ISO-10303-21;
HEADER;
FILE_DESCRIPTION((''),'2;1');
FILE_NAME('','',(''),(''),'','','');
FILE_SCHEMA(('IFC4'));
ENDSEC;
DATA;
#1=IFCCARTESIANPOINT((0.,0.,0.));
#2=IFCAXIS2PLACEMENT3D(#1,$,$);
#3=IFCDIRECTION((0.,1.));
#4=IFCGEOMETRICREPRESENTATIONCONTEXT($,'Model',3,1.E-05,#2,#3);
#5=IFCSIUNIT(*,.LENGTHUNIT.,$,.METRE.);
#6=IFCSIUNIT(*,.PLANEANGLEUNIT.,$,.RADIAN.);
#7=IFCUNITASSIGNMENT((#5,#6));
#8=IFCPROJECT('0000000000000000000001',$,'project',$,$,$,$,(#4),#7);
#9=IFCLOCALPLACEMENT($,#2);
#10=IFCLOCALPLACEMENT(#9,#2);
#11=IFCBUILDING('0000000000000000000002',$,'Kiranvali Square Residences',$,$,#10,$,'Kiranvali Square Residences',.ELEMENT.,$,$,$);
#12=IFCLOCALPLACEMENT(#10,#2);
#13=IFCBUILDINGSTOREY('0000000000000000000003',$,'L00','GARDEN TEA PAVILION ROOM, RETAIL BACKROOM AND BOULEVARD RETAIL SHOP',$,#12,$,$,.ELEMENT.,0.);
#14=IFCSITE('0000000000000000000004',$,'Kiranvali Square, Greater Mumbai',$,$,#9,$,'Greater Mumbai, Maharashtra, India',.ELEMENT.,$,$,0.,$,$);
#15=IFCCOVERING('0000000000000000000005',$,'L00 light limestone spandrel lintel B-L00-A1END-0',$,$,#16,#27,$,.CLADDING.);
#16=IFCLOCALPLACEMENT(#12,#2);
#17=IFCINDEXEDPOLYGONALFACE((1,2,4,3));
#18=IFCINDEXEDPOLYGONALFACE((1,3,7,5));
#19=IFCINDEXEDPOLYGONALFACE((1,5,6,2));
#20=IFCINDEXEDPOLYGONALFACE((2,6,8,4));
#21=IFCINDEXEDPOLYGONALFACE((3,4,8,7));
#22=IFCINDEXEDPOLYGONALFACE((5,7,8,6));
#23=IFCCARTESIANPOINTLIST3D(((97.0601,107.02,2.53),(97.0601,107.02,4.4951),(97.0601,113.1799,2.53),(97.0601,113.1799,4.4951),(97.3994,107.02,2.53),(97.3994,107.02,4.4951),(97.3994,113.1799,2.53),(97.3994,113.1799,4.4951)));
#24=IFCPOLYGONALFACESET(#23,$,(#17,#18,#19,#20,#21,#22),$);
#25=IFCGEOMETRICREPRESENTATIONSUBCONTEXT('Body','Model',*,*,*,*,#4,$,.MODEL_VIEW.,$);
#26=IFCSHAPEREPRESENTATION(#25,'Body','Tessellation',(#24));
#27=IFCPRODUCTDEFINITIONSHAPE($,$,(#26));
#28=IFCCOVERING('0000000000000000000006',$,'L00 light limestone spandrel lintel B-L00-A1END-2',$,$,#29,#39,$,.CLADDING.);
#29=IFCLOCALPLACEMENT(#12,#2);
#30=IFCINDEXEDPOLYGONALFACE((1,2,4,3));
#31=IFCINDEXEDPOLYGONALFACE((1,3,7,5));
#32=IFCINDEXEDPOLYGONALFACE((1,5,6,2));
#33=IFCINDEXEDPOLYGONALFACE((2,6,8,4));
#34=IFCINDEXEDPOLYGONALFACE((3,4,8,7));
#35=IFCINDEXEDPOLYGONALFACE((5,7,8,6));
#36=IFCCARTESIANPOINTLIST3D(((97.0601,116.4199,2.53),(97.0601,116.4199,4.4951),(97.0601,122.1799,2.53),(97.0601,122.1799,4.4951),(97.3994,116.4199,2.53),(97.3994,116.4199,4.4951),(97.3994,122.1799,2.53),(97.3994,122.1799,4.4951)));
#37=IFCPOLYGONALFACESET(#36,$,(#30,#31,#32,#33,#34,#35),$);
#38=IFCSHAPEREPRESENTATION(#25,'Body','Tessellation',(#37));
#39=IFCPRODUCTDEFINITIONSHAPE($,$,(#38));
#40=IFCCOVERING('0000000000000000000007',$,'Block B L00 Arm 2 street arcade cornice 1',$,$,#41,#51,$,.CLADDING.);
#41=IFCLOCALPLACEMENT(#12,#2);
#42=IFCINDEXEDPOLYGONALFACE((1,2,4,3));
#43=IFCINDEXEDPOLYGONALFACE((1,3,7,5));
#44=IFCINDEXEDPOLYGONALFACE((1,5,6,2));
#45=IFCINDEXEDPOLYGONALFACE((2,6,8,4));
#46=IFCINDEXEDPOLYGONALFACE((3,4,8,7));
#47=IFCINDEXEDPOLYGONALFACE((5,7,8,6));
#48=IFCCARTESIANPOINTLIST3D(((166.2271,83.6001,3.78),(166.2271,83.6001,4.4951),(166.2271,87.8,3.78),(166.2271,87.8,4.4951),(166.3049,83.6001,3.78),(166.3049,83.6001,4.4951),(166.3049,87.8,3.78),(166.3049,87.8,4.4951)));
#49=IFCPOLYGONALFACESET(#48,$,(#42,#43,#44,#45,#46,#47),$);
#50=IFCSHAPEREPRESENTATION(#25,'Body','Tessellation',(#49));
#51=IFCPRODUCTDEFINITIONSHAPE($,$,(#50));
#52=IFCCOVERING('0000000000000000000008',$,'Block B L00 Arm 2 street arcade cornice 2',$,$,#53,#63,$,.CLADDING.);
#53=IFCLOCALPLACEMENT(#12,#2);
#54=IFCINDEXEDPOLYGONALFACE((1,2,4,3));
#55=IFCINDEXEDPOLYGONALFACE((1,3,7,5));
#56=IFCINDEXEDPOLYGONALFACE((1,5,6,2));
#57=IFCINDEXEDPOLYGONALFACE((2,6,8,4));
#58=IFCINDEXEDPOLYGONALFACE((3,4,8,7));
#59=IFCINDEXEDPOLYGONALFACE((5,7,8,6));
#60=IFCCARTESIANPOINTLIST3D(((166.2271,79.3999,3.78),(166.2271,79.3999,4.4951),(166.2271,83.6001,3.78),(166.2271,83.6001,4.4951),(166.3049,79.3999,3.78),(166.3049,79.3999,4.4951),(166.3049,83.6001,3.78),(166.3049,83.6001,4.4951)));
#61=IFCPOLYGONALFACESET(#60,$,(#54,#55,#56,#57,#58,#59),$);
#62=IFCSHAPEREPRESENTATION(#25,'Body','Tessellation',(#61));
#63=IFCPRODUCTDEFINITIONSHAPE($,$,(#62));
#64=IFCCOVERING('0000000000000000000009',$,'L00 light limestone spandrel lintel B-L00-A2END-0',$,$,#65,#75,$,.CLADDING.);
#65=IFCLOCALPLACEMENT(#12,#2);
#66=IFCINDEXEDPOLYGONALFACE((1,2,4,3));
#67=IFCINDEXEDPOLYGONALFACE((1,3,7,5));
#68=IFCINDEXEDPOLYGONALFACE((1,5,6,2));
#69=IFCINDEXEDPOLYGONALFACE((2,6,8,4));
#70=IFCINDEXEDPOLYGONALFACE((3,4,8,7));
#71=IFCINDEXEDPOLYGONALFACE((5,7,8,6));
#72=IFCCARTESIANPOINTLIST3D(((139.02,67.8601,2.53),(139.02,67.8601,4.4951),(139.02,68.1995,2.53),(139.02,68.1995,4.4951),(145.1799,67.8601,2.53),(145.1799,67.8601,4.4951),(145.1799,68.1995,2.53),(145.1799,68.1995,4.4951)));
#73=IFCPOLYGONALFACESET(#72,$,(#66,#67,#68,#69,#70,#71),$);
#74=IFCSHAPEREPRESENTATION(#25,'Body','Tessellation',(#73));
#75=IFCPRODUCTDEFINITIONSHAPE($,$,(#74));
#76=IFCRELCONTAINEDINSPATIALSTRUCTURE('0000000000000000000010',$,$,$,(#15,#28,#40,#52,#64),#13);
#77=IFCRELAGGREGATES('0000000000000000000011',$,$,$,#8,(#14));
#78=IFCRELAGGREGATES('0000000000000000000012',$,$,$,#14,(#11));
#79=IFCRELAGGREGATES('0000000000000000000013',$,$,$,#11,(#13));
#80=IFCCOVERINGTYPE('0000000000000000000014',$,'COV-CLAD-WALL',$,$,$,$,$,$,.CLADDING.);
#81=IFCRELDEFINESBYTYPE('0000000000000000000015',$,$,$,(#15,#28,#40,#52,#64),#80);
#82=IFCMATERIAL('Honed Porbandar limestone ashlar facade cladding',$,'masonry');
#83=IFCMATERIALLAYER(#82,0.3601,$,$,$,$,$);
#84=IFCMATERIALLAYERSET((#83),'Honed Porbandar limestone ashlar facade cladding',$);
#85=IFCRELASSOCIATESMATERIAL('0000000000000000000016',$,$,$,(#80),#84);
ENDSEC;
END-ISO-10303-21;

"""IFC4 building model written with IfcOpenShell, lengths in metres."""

from ifc_helpers import new_model, si_unit, direction, frame, origin, place, context, subcontext, project, spatial, polyline, outline, extrude, material, layer, layer_set, type_object, element, save


model = new_model("IFC4")

# Units and contexts
model_context = context("Model", 3, precision=1e-05, world=origin(), true_north=direction((0.0, 1.0)))
body_context = subcontext(model_context, "Body", "Model", "MODEL_VIEW")
ifc_project = project(units=[si_unit("LENGTHUNIT", "METRE"), si_unit("PLANEANGLEUNIT", "RADIAN")], contexts=[model_context])

# Site, building, storey
site_placement = place(None, origin())
site = spatial("IfcSite", under=ifc_project, at=site_placement, Name="Kiranvali Square, Greater Mumbai", LongName="Greater Mumbai, Maharashtra, India", CompositionType="ELEMENT", RefElevation=0.0)
building_placement = place(site_placement, origin())
building = spatial("IfcBuilding", under=site, at=building_placement, Name="Kiranvali Square Residences", LongName="Kiranvali Square Residences", CompositionType="ELEMENT")
storey_placement = place(building_placement, origin())
storey = spatial("IfcBuildingStorey", under=building, at=storey_placement, Name="L00", Description="GARDEN TEA PAVILION ROOM, RETAIL BACKROOM AND BOULEVARD RETAIL SHOP", CompositionType="ELEMENT", Elevation=0.0)

# Coverings
ifc_material = material(Name="Honed Porbandar limestone ashlar facade cladding", Category="masonry")
ifc_layer = layer(ifc_material, 0.3601)
ifc_layer_set = layer_set([ifc_layer], Name="Honed Porbandar limestone ashlar facade cladding")
covering_type = type_object("IfcCoveringType", Name="COV-CLAD-WALL", PredefinedType="CLADDING", material=ifc_layer_set)
covering_1_placement = place(storey_placement, frame((0.0, 0.0, 2.53)))
element("IfcCovering", 1, at=covering_1_placement, inside=storey, type_object=covering_type, Name="L00 light limestone spandrel lintel B-L00-A1END-0", PredefinedType="CLADDING", context=body_context, shape_type="SweptSolid", body=[
    extrude(outline(polyline([(97.3994, 107.02), (97.3994, 113.1799), (97.0601, 113.1799), (97.0601, 107.02), (97.3994, 107.02)])), origin(), (0.0, 0.0, 1.0), 1.9651),
])
covering_2_placement = place(storey_placement, frame((0.0, 0.0, 2.53)))
element("IfcCovering", 2, at=covering_2_placement, inside=storey, type_object=covering_type, Name="L00 light limestone spandrel lintel B-L00-A1END-2", PredefinedType="CLADDING", context=body_context, shape_type="SweptSolid", body=[
    extrude(outline(polyline([(97.3994, 116.4199), (97.3994, 122.1799), (97.0601, 122.1799), (97.0601, 116.4199), (97.3994, 116.4199)])), origin(), (0.0, 0.0, 1.0), 1.9651),
])
covering_3_placement = place(storey_placement, frame((0.0, 0.0, 3.78)))
element("IfcCovering", 3, at=covering_3_placement, inside=storey, type_object=covering_type, Name="Block B L00 Arm 2 street arcade cornice 1", PredefinedType="CLADDING", context=body_context, shape_type="SweptSolid", body=[
    extrude(outline(polyline([(166.2271, 87.8), (166.2271, 83.6001), (166.3049, 83.6001), (166.3049, 87.8), (166.2271, 87.8)])), origin(), (0.0, 0.0, 1.0), 0.7151),
])
covering_4_placement = place(storey_placement, frame((0.0, 0.0, 3.78)))
element("IfcCovering", 4, at=covering_4_placement, inside=storey, type_object=covering_type, Name="Block B L00 Arm 2 street arcade cornice 2", PredefinedType="CLADDING", context=body_context, shape_type="SweptSolid", body=[
    extrude(outline(polyline([(166.2271, 83.6001), (166.2271, 79.3999), (166.3049, 79.3999), (166.3049, 83.6001), (166.2271, 83.6001)])), origin(), (0.0, 0.0, 1.0), 0.7151),
])
covering_5_placement = place(storey_placement, frame((0.0, 0.0, 2.53)))
element("IfcCovering", 5, at=covering_5_placement, inside=storey, type_object=covering_type, Name="L00 light limestone spandrel lintel B-L00-A2END-0", PredefinedType="CLADDING", context=body_context, shape_type="SweptSolid", body=[
    extrude(outline(polyline([(139.02, 67.8601), (145.1799, 67.8601), (145.1799, 68.1995), (139.02, 68.1995), (139.02, 67.8601)])), origin(), (0.0, 0.0, 1.0), 1.9651),
])

save(model, "model.ifc")
